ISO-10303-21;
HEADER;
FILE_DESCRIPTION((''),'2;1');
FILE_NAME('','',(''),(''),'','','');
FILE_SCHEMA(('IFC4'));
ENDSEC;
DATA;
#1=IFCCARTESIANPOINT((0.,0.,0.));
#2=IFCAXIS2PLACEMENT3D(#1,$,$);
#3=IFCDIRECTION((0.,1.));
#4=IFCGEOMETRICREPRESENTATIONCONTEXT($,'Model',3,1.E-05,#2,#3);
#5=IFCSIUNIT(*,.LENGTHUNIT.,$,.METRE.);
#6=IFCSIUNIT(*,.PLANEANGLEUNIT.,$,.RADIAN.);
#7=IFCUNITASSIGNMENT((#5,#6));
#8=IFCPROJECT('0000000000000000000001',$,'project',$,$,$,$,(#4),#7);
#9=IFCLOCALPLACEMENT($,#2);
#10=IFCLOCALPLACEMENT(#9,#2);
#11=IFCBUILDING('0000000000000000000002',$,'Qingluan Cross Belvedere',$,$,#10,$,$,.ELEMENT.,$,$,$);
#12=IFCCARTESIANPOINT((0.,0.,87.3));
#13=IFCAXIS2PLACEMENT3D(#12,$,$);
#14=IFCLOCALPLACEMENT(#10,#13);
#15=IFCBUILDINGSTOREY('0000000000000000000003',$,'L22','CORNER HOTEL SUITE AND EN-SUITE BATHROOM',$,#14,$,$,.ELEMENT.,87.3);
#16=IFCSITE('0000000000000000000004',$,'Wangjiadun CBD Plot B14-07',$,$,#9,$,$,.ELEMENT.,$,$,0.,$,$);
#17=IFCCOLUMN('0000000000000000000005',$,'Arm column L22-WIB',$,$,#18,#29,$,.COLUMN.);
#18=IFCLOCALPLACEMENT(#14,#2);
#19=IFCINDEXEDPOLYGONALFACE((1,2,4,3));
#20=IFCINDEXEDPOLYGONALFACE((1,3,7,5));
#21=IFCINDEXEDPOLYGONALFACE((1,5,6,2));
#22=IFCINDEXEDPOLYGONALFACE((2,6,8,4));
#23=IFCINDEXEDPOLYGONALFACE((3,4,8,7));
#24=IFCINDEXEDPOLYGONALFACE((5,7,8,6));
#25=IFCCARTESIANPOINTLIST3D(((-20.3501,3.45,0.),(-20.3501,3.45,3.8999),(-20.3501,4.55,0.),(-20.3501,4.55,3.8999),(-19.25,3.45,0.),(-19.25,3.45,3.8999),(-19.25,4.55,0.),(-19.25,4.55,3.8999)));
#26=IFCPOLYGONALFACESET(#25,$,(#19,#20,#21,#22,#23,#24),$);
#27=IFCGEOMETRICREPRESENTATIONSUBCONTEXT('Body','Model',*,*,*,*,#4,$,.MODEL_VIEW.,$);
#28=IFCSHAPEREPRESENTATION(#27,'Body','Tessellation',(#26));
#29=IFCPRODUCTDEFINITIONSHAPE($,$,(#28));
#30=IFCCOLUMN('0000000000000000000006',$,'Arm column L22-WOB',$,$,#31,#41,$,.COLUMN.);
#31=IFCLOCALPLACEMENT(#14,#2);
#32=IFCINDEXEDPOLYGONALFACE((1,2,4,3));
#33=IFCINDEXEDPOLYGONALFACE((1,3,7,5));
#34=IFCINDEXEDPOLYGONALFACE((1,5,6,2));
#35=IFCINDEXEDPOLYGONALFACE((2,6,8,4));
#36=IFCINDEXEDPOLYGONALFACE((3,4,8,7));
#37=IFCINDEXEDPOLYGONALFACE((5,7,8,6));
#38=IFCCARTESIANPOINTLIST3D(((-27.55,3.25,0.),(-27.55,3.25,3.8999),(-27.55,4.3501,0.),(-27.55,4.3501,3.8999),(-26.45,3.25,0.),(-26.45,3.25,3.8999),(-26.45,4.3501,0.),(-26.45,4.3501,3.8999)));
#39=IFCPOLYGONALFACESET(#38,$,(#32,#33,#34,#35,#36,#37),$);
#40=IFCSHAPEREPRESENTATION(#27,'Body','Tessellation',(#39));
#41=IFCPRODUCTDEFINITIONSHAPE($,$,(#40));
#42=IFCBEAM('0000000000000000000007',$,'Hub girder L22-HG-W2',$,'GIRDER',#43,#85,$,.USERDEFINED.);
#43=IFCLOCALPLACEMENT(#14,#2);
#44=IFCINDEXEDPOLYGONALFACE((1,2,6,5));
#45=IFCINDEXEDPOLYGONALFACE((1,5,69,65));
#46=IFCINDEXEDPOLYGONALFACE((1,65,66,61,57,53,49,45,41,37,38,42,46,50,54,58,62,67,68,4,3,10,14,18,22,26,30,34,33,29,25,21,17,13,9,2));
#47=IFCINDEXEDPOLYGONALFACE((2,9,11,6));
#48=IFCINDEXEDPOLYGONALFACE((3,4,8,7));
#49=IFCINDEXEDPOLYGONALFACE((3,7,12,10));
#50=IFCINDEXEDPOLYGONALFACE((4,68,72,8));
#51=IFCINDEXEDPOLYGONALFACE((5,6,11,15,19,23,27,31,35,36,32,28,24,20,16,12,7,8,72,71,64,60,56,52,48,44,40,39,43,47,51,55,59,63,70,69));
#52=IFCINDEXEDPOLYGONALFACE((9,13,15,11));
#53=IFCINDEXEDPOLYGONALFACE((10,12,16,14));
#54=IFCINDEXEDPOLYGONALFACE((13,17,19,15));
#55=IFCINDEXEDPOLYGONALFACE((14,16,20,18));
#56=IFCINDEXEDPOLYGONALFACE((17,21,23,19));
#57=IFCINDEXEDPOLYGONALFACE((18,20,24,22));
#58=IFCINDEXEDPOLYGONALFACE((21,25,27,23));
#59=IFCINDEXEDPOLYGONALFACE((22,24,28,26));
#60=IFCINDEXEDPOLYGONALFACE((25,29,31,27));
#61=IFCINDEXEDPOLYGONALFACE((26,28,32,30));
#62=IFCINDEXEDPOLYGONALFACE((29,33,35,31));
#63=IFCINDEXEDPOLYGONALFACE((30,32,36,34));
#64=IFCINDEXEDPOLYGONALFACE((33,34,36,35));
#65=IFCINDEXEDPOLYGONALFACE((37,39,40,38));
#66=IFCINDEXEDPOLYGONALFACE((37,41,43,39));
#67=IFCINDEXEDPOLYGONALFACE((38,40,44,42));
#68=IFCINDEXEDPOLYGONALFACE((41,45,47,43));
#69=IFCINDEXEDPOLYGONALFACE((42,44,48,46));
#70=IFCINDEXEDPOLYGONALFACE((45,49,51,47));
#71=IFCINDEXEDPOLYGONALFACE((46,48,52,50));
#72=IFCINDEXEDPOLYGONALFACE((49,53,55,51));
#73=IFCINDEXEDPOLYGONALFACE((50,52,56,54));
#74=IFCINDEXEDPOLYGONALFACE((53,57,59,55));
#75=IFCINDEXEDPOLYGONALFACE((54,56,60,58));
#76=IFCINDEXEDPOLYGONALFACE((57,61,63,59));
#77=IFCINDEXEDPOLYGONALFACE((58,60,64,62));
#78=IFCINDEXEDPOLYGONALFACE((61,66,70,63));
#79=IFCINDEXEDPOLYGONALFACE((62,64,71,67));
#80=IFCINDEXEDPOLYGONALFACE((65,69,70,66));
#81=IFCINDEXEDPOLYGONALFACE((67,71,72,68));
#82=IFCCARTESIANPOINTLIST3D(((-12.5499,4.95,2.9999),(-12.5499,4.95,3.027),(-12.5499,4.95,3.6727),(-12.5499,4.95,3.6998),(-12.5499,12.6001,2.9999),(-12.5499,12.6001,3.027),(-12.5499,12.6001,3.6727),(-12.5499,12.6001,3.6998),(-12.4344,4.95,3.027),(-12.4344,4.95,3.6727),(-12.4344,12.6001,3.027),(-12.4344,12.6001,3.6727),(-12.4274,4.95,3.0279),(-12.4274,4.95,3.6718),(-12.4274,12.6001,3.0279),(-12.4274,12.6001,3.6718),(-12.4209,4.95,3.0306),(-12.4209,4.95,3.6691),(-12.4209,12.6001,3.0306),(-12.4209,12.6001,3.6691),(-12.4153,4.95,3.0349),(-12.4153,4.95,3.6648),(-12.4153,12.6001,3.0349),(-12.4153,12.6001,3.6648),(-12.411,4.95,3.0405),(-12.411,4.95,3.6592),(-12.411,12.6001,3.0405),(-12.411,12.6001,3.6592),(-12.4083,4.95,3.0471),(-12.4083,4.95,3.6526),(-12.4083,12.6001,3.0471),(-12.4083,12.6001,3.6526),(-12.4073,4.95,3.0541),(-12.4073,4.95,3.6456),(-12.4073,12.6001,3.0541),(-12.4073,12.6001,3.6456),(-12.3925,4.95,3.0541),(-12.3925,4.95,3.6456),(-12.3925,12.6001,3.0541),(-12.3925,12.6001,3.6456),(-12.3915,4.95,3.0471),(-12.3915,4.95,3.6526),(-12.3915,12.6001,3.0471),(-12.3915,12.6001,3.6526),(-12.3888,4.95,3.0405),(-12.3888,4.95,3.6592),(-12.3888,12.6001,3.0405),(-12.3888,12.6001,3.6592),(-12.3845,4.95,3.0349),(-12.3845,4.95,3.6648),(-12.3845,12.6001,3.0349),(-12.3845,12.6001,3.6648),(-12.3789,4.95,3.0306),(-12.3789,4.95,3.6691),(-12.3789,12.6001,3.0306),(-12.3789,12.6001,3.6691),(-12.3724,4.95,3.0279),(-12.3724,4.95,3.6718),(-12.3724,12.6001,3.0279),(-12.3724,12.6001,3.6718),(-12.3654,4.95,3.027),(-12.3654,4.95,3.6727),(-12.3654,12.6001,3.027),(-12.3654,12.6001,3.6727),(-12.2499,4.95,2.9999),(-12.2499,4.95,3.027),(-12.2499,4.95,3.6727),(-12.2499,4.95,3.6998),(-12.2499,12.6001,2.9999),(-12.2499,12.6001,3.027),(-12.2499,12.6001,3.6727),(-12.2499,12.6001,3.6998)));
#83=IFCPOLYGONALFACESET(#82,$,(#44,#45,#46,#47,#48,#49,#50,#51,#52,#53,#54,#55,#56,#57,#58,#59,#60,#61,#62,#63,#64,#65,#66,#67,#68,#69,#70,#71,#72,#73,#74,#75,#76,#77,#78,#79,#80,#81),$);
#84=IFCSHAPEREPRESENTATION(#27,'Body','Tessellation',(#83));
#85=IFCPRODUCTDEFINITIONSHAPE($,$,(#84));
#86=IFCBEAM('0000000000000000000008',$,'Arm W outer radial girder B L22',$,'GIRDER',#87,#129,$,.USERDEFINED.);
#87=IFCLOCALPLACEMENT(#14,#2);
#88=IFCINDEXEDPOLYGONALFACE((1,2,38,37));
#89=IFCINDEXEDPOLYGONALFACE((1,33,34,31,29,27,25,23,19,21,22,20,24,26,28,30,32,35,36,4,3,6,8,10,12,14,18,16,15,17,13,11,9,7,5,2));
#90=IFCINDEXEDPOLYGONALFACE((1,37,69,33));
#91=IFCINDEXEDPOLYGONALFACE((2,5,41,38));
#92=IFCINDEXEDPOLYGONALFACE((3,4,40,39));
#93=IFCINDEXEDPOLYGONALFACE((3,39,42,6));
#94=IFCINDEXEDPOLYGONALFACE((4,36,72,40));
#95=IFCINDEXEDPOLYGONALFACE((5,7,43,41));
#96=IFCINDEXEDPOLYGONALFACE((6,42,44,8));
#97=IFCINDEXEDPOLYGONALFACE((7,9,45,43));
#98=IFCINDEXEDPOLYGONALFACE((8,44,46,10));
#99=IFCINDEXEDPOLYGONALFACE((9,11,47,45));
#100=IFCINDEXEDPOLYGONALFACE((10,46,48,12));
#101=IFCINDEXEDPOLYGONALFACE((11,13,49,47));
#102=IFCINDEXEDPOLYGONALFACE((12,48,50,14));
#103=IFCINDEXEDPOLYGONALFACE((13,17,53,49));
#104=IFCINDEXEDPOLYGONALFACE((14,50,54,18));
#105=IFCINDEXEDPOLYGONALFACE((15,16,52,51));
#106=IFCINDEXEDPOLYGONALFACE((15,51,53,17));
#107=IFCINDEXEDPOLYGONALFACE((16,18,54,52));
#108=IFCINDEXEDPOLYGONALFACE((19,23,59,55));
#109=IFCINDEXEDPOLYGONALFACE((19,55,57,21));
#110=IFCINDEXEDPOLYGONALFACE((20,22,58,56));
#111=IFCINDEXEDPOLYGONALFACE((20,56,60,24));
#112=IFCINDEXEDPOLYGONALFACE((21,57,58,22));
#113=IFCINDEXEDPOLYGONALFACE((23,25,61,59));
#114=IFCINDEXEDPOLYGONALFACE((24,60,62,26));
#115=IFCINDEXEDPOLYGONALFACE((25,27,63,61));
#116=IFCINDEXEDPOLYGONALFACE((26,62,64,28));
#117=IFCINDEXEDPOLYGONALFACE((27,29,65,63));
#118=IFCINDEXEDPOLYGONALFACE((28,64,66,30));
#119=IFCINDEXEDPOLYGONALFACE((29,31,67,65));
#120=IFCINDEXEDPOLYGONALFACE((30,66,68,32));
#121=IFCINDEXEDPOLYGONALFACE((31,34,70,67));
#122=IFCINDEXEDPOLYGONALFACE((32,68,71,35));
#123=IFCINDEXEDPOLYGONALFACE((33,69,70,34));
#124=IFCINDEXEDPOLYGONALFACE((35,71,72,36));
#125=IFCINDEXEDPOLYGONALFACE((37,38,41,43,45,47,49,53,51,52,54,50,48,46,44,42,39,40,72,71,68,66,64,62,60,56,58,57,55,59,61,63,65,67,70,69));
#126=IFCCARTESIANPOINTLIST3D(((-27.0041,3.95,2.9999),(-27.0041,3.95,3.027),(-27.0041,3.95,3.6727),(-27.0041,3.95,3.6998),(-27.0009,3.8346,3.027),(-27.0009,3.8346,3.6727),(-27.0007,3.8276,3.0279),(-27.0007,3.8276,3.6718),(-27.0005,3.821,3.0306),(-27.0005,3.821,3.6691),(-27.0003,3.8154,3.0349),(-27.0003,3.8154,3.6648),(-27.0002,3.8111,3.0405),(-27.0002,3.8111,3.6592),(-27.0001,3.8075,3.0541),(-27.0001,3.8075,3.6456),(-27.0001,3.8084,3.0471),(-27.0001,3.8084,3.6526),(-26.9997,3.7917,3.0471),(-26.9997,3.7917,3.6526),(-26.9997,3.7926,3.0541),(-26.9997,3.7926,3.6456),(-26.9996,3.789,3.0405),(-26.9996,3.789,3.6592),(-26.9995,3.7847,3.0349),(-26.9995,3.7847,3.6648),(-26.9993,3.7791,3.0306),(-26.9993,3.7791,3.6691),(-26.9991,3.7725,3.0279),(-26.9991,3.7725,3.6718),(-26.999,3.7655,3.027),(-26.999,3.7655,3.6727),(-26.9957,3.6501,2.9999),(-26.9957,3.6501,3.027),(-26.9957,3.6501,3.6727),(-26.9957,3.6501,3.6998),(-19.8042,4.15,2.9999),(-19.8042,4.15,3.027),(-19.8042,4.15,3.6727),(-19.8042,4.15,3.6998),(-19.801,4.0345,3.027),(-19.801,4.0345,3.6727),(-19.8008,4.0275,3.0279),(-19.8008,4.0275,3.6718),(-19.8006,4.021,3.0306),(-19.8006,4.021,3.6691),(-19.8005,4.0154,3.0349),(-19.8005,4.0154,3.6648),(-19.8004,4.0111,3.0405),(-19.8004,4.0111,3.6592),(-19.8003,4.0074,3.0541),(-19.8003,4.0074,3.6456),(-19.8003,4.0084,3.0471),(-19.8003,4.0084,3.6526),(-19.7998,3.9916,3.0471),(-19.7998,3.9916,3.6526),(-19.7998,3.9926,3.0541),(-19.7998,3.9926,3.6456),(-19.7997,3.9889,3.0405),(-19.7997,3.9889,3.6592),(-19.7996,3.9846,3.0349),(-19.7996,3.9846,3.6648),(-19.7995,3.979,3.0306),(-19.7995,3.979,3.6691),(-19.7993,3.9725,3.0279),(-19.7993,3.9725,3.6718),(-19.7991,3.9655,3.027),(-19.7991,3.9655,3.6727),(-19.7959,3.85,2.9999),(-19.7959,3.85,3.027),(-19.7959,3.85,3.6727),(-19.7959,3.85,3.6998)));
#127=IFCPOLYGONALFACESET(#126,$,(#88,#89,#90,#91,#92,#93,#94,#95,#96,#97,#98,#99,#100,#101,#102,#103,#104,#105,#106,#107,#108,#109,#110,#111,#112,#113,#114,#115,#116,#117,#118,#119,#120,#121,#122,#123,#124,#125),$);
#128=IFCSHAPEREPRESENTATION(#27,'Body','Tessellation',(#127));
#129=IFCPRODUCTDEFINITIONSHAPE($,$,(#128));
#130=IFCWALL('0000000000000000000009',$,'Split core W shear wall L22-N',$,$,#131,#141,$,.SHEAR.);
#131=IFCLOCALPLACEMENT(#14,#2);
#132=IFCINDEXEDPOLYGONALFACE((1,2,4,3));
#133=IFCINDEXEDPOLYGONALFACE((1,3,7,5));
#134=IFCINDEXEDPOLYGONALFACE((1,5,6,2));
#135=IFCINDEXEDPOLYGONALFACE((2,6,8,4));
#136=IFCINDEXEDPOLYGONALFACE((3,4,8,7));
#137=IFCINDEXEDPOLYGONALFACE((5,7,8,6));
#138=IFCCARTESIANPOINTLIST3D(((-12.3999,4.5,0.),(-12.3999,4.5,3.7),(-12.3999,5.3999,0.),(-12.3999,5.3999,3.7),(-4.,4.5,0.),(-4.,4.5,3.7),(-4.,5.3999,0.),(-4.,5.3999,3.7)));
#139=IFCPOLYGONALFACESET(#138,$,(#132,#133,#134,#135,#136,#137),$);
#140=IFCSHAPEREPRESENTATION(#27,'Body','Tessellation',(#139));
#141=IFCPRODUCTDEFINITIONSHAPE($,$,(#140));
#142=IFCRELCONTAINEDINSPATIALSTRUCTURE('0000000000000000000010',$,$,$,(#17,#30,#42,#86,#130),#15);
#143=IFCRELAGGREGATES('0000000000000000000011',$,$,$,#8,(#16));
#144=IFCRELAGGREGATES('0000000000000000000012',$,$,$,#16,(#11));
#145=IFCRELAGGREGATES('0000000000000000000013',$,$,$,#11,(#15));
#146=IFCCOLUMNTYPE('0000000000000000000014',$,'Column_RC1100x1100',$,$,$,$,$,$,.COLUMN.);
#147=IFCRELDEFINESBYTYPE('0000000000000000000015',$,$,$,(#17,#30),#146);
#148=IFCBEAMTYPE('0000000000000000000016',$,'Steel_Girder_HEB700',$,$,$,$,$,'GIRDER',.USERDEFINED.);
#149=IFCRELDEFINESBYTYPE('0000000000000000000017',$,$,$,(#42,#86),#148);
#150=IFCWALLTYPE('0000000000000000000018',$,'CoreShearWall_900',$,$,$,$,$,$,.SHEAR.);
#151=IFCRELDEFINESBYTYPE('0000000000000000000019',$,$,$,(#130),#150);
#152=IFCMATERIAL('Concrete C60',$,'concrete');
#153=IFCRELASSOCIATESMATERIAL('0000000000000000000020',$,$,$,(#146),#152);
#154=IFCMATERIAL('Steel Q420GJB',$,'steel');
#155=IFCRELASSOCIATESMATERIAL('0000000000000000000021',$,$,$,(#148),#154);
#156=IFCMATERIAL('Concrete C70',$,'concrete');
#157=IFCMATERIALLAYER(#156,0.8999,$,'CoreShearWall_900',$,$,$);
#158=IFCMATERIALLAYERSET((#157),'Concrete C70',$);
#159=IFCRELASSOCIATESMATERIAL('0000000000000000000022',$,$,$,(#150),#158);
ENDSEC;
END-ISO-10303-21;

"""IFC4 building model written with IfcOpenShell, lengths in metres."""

from ifc_helpers import new_model, si_unit, direction, frame, frame_2d, origin, origin_2d, place, context, subcontext, project, spatial, rectangle, i_section, extrude, material, layer, layer_set, material_profile, profile_set, type_object, element, save


model = new_model("IFC4")

# Units and contexts
model_context = context("Model", 3, precision=1e-05, world=origin(), true_north=direction((0.0, 1.0)))
body_context = subcontext(model_context, "Body", "Model", "MODEL_VIEW")
ifc_project = project(units=[si_unit("LENGTHUNIT", "METRE"), si_unit("PLANEANGLEUNIT", "RADIAN")], contexts=[model_context])

# Site, building, storey
site_placement = place(None, origin())
site = spatial("IfcSite", under=ifc_project, at=site_placement, Name="Wangjiadun CBD Plot B14-07", CompositionType="ELEMENT", RefElevation=0.0)
building_placement = place(site_placement, origin())
building = spatial("IfcBuilding", under=site, at=building_placement, Name="Qingluan Cross Belvedere", CompositionType="ELEMENT")
storey_placement = place(building_placement, frame((0.0, 0.0, 87.3)))
storey = spatial("IfcBuildingStorey", under=building, at=storey_placement, Name="L22", Description="CORNER HOTEL SUITE AND EN-SUITE BATHROOM", CompositionType="ELEMENT", Elevation=87.3)

# Columns
ifc_material_1 = material(Name="Concrete C60", Category="concrete")
ifc_material_profile_1 = material_profile(ifc_material_1, rectangle(XDim=1.1001, YDim=1.1001, at=origin_2d()), Name="RC1100x1100")
ifc_profile_set_1 = profile_set([ifc_material_profile_1], Name="Concrete C60")
column_type = type_object("IfcColumnType", Name="Column_RC1100x1100", PredefinedType="COLUMN", material=ifc_profile_set_1)
for number, where, z_axis, x_axis, name in (
    (1, (-19.8, 4.0, 0.0), (0.0, 0.0, 1.0), (1.0, 0.0, 0.0), "Arm column L22-WIB"),
    (2, (-27.0, 3.8, 0.0), (0.0, 0.0, 1.0), (1.0, 0.0, 0.0), "Arm column L22-WOB"),
):
    element("IfcColumn", number, at=place(storey_placement, frame(where, z_axis=z_axis, x_axis=x_axis)), inside=storey, type_object=column_type, Name=name, PredefinedType="COLUMN", context=body_context, shape_type="SweptSolid", body=[
        extrude(rectangle(XDim=1.1001, YDim=1.1001, at=origin_2d()), origin(), (0.0, 0.0, 1.0), 3.8999),
    ])

# Beams
ifc_material_2 = material(Name="Steel Q420GJB", Category="steel")
ifc_material_profile_2 = material_profile(ifc_material_2, i_section(OverallWidth=0.3, OverallDepth=0.7, WebThickness=0.0149, FlangeThickness=0.0271, FilletRadius=0.0271, at=origin_2d()), Name="HEB700")
ifc_profile_set_2 = profile_set([ifc_material_profile_2], Name="Steel Q420GJB")
beam_type = type_object("IfcBeamType", Name="Steel_Girder_HEB700", ElementType="GIRDER", PredefinedType="USERDEFINED", material=ifc_profile_set_2)
beam_1_placement = place(storey_placement, frame((-12.3999, 4.95, 3.3499), z_axis=(0.0, 1.0, 0.0), x_axis=(-1.0, 0.0, 0.0)))
element("IfcBeam", 3, at=beam_1_placement, inside=storey, type_object=beam_type, Name="Hub girder L22-HG-W2", ObjectType="GIRDER", PredefinedType="USERDEFINED", context=body_context, shape_type="SweptSolid", body=[
    extrude(i_section(OverallWidth=0.3, OverallDepth=0.7, WebThickness=0.0149, FlangeThickness=0.0271, FilletRadius=0.0271, at=origin_2d()), origin(), (0.0, 0.0, 1.0), 7.6501),
])
beam_2_placement = place(storey_placement, frame((-19.8, 4.0, 3.3499), z_axis=(-0.999615, -0.02776, 0.0), x_axis=(0.02776, -0.999615, 0.0)))
element("IfcBeam", 4, at=beam_2_placement, inside=storey, type_object=beam_type, Name="Arm W outer radial girder B L22", ObjectType="GIRDER", PredefinedType="USERDEFINED", context=body_context, shape_type="SweptSolid", body=[
    extrude(i_section(OverallWidth=0.3, OverallDepth=0.7, WebThickness=0.0149, FlangeThickness=0.0271, FilletRadius=0.0271, at=origin_2d()), origin(), (0.0, 0.0, 1.0), 7.2026),
])

# Wall
ifc_material_3 = material(Name="Concrete C70", Category="concrete")
ifc_layer_1 = layer(ifc_material_3, 0.8999, Name="CoreShearWall_900")
ifc_layer_set_1 = layer_set([ifc_layer_1], Name="Concrete C70")
wall_type_1 = type_object("IfcWallType", Name="CoreShearWall_900", PredefinedType="SHEAR", material=ifc_layer_set_1)
wall_1_placement = place(storey_placement, frame((-12.3999, 4.95, 0.0), z_axis=(0.0, 0.0, 1.0), x_axis=(1.0, 0.0, 0.0)))
element("IfcWall", 5, at=wall_1_placement, inside=storey, type_object=wall_type_1, Name="Split core W shear wall L22-N", PredefinedType="SHEAR", context=body_context, shape_type="SweptSolid", body=[
    extrude(rectangle(XDim=8.3999, YDim=0.8999, at=frame_2d((4.2, 0.0))), origin(), (0.0, 0.0, 1.0), 3.7),
])

save(model, "model.ifc")
